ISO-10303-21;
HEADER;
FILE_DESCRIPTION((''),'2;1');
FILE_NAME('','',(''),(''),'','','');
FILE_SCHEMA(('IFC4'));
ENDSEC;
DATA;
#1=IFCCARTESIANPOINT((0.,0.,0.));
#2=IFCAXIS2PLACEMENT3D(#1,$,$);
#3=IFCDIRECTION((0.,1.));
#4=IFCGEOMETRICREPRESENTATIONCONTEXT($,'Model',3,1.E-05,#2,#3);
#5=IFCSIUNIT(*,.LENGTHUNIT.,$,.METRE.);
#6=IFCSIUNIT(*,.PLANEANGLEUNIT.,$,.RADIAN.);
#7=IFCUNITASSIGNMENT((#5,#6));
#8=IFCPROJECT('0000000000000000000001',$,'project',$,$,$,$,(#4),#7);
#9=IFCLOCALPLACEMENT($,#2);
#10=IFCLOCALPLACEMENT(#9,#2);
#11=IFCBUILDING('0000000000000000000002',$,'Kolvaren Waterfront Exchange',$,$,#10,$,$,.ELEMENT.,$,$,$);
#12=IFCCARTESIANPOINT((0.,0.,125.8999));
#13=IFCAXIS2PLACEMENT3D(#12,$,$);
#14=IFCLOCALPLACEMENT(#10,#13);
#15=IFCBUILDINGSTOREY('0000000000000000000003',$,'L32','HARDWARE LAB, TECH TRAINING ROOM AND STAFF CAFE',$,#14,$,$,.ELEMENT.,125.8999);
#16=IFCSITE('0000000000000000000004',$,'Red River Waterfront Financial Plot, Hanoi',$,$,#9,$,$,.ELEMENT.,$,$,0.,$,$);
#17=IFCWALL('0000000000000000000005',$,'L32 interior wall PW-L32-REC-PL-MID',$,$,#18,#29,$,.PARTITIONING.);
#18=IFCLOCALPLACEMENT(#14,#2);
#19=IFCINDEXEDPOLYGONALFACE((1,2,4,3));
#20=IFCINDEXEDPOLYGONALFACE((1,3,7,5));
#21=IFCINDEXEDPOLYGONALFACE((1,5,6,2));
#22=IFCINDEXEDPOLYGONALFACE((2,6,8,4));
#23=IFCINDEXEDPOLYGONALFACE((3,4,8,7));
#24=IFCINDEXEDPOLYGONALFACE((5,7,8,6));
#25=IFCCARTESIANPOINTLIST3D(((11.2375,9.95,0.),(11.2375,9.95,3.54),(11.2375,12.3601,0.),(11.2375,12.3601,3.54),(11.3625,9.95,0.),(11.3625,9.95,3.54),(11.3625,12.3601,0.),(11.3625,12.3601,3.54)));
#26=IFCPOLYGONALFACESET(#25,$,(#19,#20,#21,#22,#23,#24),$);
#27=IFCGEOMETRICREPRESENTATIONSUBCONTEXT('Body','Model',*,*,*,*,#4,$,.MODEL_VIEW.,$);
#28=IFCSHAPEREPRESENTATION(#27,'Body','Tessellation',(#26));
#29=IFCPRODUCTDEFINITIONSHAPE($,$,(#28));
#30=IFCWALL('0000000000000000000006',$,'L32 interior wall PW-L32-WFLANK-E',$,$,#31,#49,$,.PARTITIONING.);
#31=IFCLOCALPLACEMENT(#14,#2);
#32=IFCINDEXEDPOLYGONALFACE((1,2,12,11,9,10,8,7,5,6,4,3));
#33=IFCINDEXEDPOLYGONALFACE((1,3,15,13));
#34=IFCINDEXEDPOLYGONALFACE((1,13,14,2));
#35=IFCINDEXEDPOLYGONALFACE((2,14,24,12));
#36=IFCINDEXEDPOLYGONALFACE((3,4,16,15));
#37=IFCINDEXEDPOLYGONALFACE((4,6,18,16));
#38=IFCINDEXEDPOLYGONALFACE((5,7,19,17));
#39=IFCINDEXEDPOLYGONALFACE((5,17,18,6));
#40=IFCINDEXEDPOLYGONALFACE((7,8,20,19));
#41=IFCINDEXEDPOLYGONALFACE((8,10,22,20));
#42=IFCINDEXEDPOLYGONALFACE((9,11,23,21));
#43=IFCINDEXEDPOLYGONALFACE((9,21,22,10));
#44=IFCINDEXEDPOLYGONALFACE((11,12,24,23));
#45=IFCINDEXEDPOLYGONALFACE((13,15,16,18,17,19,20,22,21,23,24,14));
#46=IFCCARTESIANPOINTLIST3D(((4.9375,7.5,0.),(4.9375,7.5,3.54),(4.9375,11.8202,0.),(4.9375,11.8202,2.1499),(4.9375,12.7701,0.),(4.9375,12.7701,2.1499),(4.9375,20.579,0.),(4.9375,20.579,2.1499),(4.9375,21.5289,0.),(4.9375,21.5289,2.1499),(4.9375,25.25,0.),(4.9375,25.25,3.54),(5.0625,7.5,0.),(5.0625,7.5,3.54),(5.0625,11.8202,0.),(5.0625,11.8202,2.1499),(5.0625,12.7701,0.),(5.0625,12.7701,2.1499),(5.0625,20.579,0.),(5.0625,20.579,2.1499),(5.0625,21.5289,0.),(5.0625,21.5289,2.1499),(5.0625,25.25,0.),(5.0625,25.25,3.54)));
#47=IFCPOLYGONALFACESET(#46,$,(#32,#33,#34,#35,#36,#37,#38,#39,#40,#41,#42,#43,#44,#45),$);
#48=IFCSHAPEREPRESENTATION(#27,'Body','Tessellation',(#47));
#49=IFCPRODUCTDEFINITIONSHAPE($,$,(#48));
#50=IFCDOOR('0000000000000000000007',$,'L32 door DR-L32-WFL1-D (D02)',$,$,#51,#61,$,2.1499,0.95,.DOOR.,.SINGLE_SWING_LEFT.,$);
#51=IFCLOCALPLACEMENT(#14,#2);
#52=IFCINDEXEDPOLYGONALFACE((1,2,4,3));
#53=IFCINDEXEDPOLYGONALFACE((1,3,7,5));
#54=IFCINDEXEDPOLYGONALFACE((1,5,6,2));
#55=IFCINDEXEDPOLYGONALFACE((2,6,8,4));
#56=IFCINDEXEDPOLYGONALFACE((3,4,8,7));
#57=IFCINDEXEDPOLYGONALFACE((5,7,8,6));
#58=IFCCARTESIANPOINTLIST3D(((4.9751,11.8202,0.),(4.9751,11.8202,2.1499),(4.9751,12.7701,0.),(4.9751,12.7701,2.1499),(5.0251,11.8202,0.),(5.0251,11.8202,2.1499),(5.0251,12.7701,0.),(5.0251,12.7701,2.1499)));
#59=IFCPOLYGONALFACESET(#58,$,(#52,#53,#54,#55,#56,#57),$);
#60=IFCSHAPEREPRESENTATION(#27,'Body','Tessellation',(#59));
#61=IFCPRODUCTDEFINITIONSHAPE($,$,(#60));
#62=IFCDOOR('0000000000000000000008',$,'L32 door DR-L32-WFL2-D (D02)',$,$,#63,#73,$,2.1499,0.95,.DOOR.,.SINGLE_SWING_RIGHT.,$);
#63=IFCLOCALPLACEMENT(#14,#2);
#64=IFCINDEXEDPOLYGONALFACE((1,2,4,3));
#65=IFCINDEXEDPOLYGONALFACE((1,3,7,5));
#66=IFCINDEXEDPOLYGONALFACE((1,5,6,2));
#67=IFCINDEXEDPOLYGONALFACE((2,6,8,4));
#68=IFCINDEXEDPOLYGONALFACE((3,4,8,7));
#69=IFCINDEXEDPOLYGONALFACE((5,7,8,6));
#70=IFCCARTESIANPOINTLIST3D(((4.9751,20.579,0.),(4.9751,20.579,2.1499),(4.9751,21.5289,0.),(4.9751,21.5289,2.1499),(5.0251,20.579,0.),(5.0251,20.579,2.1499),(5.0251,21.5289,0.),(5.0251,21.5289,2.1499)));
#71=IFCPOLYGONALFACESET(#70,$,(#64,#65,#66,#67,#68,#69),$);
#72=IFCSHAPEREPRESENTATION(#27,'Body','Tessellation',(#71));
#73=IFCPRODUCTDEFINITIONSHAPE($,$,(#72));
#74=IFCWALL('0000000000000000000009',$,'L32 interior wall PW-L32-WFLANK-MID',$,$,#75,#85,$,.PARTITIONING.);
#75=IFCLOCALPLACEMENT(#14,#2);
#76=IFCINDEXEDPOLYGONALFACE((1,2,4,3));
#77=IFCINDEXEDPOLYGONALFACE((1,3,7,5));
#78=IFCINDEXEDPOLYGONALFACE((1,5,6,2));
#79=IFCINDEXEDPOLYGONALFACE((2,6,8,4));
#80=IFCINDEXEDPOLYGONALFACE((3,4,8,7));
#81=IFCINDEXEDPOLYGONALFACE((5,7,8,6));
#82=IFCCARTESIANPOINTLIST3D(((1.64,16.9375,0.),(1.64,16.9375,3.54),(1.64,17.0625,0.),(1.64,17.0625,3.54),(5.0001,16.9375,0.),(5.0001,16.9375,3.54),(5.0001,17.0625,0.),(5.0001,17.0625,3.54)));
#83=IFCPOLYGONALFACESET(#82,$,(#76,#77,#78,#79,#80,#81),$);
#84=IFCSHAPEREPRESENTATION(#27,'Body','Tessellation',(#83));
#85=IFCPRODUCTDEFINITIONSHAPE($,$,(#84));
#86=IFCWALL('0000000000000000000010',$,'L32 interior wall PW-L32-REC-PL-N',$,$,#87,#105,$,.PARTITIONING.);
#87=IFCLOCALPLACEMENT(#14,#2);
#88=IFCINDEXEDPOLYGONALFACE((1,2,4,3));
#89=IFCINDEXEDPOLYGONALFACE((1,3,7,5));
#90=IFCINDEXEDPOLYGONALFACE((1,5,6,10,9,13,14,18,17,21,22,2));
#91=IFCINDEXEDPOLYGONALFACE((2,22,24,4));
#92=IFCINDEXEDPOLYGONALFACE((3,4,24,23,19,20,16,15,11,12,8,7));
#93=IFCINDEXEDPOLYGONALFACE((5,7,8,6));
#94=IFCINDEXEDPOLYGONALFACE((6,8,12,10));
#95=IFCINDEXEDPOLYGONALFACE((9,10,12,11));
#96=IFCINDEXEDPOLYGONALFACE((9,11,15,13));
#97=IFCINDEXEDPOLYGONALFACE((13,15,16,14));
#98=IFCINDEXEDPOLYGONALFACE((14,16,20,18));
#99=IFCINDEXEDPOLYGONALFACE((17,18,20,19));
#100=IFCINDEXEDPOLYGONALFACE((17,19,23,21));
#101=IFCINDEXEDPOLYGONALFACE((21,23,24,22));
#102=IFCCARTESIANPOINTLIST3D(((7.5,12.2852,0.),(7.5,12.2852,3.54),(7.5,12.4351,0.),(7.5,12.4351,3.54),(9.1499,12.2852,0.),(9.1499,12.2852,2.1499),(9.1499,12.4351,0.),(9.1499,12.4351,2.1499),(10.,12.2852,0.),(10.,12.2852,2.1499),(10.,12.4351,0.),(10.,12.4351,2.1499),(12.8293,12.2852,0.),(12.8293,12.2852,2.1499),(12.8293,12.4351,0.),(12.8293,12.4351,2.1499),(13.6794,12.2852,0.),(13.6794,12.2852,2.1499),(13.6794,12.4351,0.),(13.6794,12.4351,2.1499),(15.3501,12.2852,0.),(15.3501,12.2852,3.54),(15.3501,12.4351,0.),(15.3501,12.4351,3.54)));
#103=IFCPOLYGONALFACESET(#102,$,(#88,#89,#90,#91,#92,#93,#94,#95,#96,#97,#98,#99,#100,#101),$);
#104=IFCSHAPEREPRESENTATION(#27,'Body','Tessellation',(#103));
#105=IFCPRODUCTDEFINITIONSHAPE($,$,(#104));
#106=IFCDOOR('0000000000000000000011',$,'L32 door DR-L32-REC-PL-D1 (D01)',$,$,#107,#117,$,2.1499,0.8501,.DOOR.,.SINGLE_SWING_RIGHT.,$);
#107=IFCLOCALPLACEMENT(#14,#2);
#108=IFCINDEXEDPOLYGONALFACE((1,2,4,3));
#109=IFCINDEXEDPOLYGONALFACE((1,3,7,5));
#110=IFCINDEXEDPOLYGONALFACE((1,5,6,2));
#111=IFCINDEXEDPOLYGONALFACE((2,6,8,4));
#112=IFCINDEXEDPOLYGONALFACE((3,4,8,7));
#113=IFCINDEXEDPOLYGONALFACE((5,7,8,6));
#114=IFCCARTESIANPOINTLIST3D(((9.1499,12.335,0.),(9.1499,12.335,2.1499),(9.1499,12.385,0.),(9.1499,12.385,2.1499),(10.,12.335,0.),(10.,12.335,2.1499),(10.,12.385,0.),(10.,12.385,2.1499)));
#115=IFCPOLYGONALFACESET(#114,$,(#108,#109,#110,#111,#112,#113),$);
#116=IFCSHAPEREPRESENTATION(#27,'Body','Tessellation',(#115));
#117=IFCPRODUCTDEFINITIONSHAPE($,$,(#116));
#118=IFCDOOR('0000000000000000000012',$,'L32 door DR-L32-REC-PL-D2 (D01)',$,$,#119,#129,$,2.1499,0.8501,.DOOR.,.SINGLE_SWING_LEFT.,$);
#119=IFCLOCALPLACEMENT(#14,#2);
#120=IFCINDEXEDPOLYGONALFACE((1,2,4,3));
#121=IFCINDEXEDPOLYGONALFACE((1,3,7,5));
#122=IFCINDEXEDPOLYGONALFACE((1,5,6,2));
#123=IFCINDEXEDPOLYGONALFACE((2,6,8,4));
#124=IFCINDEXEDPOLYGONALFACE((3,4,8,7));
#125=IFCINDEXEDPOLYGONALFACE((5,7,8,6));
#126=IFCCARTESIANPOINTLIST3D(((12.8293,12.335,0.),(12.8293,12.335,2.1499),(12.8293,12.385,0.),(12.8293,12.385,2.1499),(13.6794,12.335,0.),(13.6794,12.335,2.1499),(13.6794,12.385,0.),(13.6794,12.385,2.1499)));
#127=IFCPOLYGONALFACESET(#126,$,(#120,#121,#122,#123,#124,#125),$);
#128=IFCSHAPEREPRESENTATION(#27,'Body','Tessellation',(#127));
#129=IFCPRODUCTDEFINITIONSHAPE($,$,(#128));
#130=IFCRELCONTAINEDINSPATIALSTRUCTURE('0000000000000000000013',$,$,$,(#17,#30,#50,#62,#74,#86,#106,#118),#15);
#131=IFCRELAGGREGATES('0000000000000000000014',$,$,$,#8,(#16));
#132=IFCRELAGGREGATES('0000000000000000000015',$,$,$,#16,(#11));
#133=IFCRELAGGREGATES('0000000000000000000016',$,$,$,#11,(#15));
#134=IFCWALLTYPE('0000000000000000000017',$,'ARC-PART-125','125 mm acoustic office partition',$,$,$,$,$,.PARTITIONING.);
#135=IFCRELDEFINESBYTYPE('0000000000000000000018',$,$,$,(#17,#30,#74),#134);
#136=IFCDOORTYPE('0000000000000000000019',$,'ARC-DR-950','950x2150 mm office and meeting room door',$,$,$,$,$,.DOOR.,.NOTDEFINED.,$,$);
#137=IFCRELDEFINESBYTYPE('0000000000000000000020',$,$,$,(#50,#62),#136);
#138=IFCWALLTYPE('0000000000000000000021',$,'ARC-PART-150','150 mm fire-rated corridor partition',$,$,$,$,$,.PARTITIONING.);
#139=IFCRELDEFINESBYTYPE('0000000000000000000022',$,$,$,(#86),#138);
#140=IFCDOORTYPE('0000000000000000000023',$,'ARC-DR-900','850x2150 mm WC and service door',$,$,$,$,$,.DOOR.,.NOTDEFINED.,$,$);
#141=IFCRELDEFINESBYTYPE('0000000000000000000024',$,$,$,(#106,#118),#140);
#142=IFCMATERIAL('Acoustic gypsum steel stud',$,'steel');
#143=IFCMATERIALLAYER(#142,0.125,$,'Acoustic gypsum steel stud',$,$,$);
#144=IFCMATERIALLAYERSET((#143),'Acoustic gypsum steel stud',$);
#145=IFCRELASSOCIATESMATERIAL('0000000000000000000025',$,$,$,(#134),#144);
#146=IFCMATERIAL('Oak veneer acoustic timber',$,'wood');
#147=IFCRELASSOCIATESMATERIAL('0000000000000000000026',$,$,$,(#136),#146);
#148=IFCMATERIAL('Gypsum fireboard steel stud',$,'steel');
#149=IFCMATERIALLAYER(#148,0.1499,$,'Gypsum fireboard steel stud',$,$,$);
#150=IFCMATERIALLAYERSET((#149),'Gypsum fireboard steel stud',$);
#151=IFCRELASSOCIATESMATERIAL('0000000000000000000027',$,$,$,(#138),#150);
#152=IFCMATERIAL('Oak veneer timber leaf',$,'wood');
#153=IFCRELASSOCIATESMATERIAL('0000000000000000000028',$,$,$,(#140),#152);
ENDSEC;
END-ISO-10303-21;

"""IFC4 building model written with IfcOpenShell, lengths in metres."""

from ifc_helpers import new_model, si_unit, direction, frame, frame_2d, origin, place, context, subcontext, project, spatial, rectangle, extrude, material, layer, layer_set, type_object, element, fill, save


model = new_model("IFC4")

# Units and contexts
model_context = context("Model", 3, precision=1e-05, world=origin(), true_north=direction((0.0, 1.0)))
body_context = subcontext(model_context, "Body", "Model", "MODEL_VIEW")
ifc_project = project(units=[si_unit("LENGTHUNIT", "METRE"), si_unit("PLANEANGLEUNIT", "RADIAN")], contexts=[model_context])

# Site, building, storey
site_placement = place(None, origin())
site = spatial("IfcSite", under=ifc_project, at=site_placement, Name="Red River Waterfront Financial Plot, Hanoi", CompositionType="ELEMENT", RefElevation=0.0)
building_placement = place(site_placement, origin())
building = spatial("IfcBuilding", under=site, at=building_placement, Name="Kolvaren Waterfront Exchange", CompositionType="ELEMENT")
storey_placement = place(building_placement, frame((0.0, 0.0, 125.8999)))
storey = spatial("IfcBuildingStorey", under=building, at=storey_placement, Name="L32", Description="HARDWARE LAB, TECH TRAINING ROOM AND STAFF CAFE", CompositionType="ELEMENT", Elevation=125.8999)

# Wall
ifc_material_1 = material(Name="Acoustic gypsum steel stud", Category="steel")
ifc_layer_1 = layer(ifc_material_1, 0.125, Name="Acoustic gypsum steel stud")
ifc_layer_set_1 = layer_set([ifc_layer_1], Name="Acoustic gypsum steel stud")
wall_type_1 = type_object("IfcWallType", Name="ARC-PART-125", Description="125 mm acoustic office partition", PredefinedType="PARTITIONING", material=ifc_layer_set_1)
wall_1_placement = place(storey_placement, frame((11.3, 9.95, 0.0), z_axis=(0.0, 0.0, 1.0), x_axis=(0.0, 1.0, 0.0)))
element("IfcWall", 1, at=wall_1_placement, inside=storey, type_object=wall_type_1, Name="L32 interior wall PW-L32-REC-PL-MID", PredefinedType="PARTITIONING", context=body_context, shape_type="SweptSolid", body=[
    extrude(rectangle(XDim=2.4102, YDim=0.125, at=frame_2d((1.2051, 0.0))), origin(), (0.0, 0.0, 1.0), 3.54),
])

# Wall, openings, doors
wall_2_placement = place(storey_placement, frame((5.0, 7.5, 0.0), z_axis=(0.0, 0.0, 1.0), x_axis=(0.0, 1.0, 0.0)))
wall_2 = element("IfcWall", 2, at=wall_2_placement, inside=storey, type_object=wall_type_1, Name="L32 interior wall PW-L32-WFLANK-E", PredefinedType="PARTITIONING", context=body_context, shape_type="SweptSolid", body=[
    extrude(rectangle(XDim=17.75, YDim=0.125, at=frame_2d((8.875, 0.0))), origin(), (0.0, 0.0, 1.0), 3.54),
])
opening_1_placement = place(wall_2_placement, frame((4.3201, 0.0, 0.0)))
opening_1 = element("IfcOpeningElement", 3, at=opening_1_placement, cuts=wall_2, PredefinedType="OPENING", context=body_context, shape_type="SweptSolid", body=[
    extrude(rectangle(XDim=0.95, YDim=2.1499, at=frame_2d((0.4751, 1.075))), frame((0.0, 0.0725, 0.0), z_axis=(0.0, -1.0, 0.0), x_axis=(1.0, 0.0, 0.0)), (0.0, 0.0, 1.0), 0.145),
])
opening_2_placement = place(wall_2_placement, frame((13.0789, 0.0, 0.0)))
opening_2 = element("IfcOpeningElement", 4, at=opening_2_placement, cuts=wall_2, PredefinedType="OPENING", context=body_context, shape_type="SweptSolid", body=[
    extrude(rectangle(XDim=0.95, YDim=2.1499, at=frame_2d((0.4751, 1.075))), frame((0.0, 0.0725, 0.0), z_axis=(0.0, -1.0, 0.0), x_axis=(1.0, 0.0, 0.0)), (0.0, 0.0, 1.0), 0.145),
])
ifc_material_2 = material(Name="Oak veneer acoustic timber", Category="wood")
door_type_1 = type_object("IfcDoorType", Name="ARC-DR-950", Description="950x2150 mm office and meeting room door", OperationType="NOTDEFINED", PredefinedType="DOOR", material=ifc_material_2)
door_1_placement = place(opening_1_placement, origin())
door_1 = element("IfcDoor", 5, at=door_1_placement, inside=storey, type_object=door_type_1, Name="L32 door DR-L32-WFL1-D (D02)", OperationType="SINGLE_SWING_LEFT", OverallHeight=2.1499, OverallWidth=0.95, PredefinedType="DOOR", context=body_context, shape_type="SweptSolid", body=[
    extrude(rectangle(XDim=0.95, YDim=2.1499, at=frame_2d((0.4751, 1.075))), frame((0.0, 0.0249, 0.0), z_axis=(0.0, -1.0, 0.0), x_axis=(1.0, 0.0, 0.0)), (0.0, 0.0, 1.0), 0.05),
])
fill(opening_1, door_1)
door_2_placement = place(opening_2_placement, origin())
door_2 = element("IfcDoor", 6, at=door_2_placement, inside=storey, type_object=door_type_1, Name="L32 door DR-L32-WFL2-D (D02)", OperationType="SINGLE_SWING_RIGHT", OverallHeight=2.1499, OverallWidth=0.95, PredefinedType="DOOR", context=body_context, shape_type="SweptSolid", body=[
    extrude(rectangle(XDim=0.95, YDim=2.1499, at=frame_2d((0.4751, 1.075))), frame((0.0, 0.0249, 0.0), z_axis=(0.0, -1.0, 0.0), x_axis=(1.0, 0.0, 0.0)), (0.0, 0.0, 1.0), 0.05),
])
fill(opening_2, door_2)

# Wall
wall_3_placement = place(storey_placement, frame((1.6399, 17.0, 0.0), z_axis=(0.0, 0.0, 1.0), x_axis=(1.0, 0.0, 0.0)))
element("IfcWall", 7, at=wall_3_placement, inside=storey, type_object=wall_type_1, Name="L32 interior wall PW-L32-WFLANK-MID", PredefinedType="PARTITIONING", context=body_context, shape_type="SweptSolid", body=[
    extrude(rectangle(XDim=3.3601, YDim=0.125, at=frame_2d((1.6802, 0.0))), origin(), (0.0, 0.0, 1.0), 3.54),
])

# Wall, openings, doors
ifc_material_3 = material(Name="Gypsum fireboard steel stud", Category="steel")
ifc_layer_2 = layer(ifc_material_3, 0.1499, Name="Gypsum fireboard steel stud")
ifc_layer_set_2 = layer_set([ifc_layer_2], Name="Gypsum fireboard steel stud")
wall_type_2 = type_object("IfcWallType", Name="ARC-PART-150", Description="150 mm fire-rated corridor partition", PredefinedType="PARTITIONING", material=ifc_layer_set_2)
wall_4_placement = place(storey_placement, frame((7.5, 12.3601, 0.0), z_axis=(0.0, 0.0, 1.0), x_axis=(1.0, 0.0, 0.0)))
wall_4 = element("IfcWall", 8, at=wall_4_placement, inside=storey, type_object=wall_type_2, Name="L32 interior wall PW-L32-REC-PL-N", PredefinedType="PARTITIONING", context=body_context, shape_type="SweptSolid", body=[
    extrude(rectangle(XDim=7.8501, YDim=0.1499, at=frame_2d((3.925, 0.0))), origin(), (0.0, 0.0, 1.0), 3.54),
])
opening_3_placement = place(wall_4_placement, frame((1.6499, 0.0, 0.0)))
opening_3 = element("IfcOpeningElement", 9, at=opening_3_placement, cuts=wall_4, PredefinedType="OPENING", context=body_context, shape_type="SweptSolid", body=[
    extrude(rectangle(XDim=0.8501, YDim=2.1499, at=frame_2d((0.425, 1.075))), frame((0.0, 0.085, 0.0), z_axis=(0.0, -1.0, 0.0), x_axis=(1.0, 0.0, 0.0)), (0.0, 0.0, 1.0), 0.1699),
])
opening_4_placement = place(wall_4_placement, frame((5.3293, 0.0, 0.0)))
opening_4 = element("IfcOpeningElement", 10, at=opening_4_placement, cuts=wall_4, PredefinedType="OPENING", context=body_context, shape_type="SweptSolid", body=[
    extrude(rectangle(XDim=0.8501, YDim=2.1499, at=frame_2d((0.425, 1.075))), frame((0.0, 0.085, 0.0), z_axis=(0.0, -1.0, 0.0), x_axis=(1.0, 0.0, 0.0)), (0.0, 0.0, 1.0), 0.1699),
])
ifc_material_4 = material(Name="Oak veneer timber leaf", Category="wood")
door_type_2 = type_object("IfcDoorType", Name="ARC-DR-900", Description="850x2150 mm WC and service door", OperationType="NOTDEFINED", PredefinedType="DOOR", material=ifc_material_4)
door_3_placement = place(opening_3_placement, origin())
door_3 = element("IfcDoor", 11, at=door_3_placement, inside=storey, type_object=door_type_2, Name="L32 door DR-L32-REC-PL-D1 (D01)", OperationType="SINGLE_SWING_RIGHT", OverallHeight=2.1499, OverallWidth=0.8501, PredefinedType="DOOR", context=body_context, shape_type="SweptSolid", body=[
    extrude(rectangle(XDim=0.8501, YDim=2.1499, at=frame_2d((0.425, 1.075))), frame((0.0, 0.0249, 0.0), z_axis=(0.0, -1.0, 0.0), x_axis=(1.0, 0.0, 0.0)), (0.0, 0.0, 1.0), 0.05),
])
fill(opening_3, door_3)
door_4_placement = place(opening_4_placement, origin())
door_4 = element("IfcDoor", 12, at=door_4_placement, inside=storey, type_object=door_type_2, Name="L32 door DR-L32-REC-PL-D2 (D01)", OperationType="SINGLE_SWING_LEFT", OverallHeight=2.1499, OverallWidth=0.8501, PredefinedType="DOOR", context=body_context, shape_type="SweptSolid", body=[
    extrude(rectangle(XDim=0.8501, YDim=2.1499, at=frame_2d((0.425, 1.075))), frame((0.0, 0.0249, 0.0), z_axis=(0.0, -1.0, 0.0), x_axis=(1.0, 0.0, 0.0)), (0.0, 0.0, 1.0), 0.05),
])
fill(opening_4, door_4)

save(model, "model.ifc")
